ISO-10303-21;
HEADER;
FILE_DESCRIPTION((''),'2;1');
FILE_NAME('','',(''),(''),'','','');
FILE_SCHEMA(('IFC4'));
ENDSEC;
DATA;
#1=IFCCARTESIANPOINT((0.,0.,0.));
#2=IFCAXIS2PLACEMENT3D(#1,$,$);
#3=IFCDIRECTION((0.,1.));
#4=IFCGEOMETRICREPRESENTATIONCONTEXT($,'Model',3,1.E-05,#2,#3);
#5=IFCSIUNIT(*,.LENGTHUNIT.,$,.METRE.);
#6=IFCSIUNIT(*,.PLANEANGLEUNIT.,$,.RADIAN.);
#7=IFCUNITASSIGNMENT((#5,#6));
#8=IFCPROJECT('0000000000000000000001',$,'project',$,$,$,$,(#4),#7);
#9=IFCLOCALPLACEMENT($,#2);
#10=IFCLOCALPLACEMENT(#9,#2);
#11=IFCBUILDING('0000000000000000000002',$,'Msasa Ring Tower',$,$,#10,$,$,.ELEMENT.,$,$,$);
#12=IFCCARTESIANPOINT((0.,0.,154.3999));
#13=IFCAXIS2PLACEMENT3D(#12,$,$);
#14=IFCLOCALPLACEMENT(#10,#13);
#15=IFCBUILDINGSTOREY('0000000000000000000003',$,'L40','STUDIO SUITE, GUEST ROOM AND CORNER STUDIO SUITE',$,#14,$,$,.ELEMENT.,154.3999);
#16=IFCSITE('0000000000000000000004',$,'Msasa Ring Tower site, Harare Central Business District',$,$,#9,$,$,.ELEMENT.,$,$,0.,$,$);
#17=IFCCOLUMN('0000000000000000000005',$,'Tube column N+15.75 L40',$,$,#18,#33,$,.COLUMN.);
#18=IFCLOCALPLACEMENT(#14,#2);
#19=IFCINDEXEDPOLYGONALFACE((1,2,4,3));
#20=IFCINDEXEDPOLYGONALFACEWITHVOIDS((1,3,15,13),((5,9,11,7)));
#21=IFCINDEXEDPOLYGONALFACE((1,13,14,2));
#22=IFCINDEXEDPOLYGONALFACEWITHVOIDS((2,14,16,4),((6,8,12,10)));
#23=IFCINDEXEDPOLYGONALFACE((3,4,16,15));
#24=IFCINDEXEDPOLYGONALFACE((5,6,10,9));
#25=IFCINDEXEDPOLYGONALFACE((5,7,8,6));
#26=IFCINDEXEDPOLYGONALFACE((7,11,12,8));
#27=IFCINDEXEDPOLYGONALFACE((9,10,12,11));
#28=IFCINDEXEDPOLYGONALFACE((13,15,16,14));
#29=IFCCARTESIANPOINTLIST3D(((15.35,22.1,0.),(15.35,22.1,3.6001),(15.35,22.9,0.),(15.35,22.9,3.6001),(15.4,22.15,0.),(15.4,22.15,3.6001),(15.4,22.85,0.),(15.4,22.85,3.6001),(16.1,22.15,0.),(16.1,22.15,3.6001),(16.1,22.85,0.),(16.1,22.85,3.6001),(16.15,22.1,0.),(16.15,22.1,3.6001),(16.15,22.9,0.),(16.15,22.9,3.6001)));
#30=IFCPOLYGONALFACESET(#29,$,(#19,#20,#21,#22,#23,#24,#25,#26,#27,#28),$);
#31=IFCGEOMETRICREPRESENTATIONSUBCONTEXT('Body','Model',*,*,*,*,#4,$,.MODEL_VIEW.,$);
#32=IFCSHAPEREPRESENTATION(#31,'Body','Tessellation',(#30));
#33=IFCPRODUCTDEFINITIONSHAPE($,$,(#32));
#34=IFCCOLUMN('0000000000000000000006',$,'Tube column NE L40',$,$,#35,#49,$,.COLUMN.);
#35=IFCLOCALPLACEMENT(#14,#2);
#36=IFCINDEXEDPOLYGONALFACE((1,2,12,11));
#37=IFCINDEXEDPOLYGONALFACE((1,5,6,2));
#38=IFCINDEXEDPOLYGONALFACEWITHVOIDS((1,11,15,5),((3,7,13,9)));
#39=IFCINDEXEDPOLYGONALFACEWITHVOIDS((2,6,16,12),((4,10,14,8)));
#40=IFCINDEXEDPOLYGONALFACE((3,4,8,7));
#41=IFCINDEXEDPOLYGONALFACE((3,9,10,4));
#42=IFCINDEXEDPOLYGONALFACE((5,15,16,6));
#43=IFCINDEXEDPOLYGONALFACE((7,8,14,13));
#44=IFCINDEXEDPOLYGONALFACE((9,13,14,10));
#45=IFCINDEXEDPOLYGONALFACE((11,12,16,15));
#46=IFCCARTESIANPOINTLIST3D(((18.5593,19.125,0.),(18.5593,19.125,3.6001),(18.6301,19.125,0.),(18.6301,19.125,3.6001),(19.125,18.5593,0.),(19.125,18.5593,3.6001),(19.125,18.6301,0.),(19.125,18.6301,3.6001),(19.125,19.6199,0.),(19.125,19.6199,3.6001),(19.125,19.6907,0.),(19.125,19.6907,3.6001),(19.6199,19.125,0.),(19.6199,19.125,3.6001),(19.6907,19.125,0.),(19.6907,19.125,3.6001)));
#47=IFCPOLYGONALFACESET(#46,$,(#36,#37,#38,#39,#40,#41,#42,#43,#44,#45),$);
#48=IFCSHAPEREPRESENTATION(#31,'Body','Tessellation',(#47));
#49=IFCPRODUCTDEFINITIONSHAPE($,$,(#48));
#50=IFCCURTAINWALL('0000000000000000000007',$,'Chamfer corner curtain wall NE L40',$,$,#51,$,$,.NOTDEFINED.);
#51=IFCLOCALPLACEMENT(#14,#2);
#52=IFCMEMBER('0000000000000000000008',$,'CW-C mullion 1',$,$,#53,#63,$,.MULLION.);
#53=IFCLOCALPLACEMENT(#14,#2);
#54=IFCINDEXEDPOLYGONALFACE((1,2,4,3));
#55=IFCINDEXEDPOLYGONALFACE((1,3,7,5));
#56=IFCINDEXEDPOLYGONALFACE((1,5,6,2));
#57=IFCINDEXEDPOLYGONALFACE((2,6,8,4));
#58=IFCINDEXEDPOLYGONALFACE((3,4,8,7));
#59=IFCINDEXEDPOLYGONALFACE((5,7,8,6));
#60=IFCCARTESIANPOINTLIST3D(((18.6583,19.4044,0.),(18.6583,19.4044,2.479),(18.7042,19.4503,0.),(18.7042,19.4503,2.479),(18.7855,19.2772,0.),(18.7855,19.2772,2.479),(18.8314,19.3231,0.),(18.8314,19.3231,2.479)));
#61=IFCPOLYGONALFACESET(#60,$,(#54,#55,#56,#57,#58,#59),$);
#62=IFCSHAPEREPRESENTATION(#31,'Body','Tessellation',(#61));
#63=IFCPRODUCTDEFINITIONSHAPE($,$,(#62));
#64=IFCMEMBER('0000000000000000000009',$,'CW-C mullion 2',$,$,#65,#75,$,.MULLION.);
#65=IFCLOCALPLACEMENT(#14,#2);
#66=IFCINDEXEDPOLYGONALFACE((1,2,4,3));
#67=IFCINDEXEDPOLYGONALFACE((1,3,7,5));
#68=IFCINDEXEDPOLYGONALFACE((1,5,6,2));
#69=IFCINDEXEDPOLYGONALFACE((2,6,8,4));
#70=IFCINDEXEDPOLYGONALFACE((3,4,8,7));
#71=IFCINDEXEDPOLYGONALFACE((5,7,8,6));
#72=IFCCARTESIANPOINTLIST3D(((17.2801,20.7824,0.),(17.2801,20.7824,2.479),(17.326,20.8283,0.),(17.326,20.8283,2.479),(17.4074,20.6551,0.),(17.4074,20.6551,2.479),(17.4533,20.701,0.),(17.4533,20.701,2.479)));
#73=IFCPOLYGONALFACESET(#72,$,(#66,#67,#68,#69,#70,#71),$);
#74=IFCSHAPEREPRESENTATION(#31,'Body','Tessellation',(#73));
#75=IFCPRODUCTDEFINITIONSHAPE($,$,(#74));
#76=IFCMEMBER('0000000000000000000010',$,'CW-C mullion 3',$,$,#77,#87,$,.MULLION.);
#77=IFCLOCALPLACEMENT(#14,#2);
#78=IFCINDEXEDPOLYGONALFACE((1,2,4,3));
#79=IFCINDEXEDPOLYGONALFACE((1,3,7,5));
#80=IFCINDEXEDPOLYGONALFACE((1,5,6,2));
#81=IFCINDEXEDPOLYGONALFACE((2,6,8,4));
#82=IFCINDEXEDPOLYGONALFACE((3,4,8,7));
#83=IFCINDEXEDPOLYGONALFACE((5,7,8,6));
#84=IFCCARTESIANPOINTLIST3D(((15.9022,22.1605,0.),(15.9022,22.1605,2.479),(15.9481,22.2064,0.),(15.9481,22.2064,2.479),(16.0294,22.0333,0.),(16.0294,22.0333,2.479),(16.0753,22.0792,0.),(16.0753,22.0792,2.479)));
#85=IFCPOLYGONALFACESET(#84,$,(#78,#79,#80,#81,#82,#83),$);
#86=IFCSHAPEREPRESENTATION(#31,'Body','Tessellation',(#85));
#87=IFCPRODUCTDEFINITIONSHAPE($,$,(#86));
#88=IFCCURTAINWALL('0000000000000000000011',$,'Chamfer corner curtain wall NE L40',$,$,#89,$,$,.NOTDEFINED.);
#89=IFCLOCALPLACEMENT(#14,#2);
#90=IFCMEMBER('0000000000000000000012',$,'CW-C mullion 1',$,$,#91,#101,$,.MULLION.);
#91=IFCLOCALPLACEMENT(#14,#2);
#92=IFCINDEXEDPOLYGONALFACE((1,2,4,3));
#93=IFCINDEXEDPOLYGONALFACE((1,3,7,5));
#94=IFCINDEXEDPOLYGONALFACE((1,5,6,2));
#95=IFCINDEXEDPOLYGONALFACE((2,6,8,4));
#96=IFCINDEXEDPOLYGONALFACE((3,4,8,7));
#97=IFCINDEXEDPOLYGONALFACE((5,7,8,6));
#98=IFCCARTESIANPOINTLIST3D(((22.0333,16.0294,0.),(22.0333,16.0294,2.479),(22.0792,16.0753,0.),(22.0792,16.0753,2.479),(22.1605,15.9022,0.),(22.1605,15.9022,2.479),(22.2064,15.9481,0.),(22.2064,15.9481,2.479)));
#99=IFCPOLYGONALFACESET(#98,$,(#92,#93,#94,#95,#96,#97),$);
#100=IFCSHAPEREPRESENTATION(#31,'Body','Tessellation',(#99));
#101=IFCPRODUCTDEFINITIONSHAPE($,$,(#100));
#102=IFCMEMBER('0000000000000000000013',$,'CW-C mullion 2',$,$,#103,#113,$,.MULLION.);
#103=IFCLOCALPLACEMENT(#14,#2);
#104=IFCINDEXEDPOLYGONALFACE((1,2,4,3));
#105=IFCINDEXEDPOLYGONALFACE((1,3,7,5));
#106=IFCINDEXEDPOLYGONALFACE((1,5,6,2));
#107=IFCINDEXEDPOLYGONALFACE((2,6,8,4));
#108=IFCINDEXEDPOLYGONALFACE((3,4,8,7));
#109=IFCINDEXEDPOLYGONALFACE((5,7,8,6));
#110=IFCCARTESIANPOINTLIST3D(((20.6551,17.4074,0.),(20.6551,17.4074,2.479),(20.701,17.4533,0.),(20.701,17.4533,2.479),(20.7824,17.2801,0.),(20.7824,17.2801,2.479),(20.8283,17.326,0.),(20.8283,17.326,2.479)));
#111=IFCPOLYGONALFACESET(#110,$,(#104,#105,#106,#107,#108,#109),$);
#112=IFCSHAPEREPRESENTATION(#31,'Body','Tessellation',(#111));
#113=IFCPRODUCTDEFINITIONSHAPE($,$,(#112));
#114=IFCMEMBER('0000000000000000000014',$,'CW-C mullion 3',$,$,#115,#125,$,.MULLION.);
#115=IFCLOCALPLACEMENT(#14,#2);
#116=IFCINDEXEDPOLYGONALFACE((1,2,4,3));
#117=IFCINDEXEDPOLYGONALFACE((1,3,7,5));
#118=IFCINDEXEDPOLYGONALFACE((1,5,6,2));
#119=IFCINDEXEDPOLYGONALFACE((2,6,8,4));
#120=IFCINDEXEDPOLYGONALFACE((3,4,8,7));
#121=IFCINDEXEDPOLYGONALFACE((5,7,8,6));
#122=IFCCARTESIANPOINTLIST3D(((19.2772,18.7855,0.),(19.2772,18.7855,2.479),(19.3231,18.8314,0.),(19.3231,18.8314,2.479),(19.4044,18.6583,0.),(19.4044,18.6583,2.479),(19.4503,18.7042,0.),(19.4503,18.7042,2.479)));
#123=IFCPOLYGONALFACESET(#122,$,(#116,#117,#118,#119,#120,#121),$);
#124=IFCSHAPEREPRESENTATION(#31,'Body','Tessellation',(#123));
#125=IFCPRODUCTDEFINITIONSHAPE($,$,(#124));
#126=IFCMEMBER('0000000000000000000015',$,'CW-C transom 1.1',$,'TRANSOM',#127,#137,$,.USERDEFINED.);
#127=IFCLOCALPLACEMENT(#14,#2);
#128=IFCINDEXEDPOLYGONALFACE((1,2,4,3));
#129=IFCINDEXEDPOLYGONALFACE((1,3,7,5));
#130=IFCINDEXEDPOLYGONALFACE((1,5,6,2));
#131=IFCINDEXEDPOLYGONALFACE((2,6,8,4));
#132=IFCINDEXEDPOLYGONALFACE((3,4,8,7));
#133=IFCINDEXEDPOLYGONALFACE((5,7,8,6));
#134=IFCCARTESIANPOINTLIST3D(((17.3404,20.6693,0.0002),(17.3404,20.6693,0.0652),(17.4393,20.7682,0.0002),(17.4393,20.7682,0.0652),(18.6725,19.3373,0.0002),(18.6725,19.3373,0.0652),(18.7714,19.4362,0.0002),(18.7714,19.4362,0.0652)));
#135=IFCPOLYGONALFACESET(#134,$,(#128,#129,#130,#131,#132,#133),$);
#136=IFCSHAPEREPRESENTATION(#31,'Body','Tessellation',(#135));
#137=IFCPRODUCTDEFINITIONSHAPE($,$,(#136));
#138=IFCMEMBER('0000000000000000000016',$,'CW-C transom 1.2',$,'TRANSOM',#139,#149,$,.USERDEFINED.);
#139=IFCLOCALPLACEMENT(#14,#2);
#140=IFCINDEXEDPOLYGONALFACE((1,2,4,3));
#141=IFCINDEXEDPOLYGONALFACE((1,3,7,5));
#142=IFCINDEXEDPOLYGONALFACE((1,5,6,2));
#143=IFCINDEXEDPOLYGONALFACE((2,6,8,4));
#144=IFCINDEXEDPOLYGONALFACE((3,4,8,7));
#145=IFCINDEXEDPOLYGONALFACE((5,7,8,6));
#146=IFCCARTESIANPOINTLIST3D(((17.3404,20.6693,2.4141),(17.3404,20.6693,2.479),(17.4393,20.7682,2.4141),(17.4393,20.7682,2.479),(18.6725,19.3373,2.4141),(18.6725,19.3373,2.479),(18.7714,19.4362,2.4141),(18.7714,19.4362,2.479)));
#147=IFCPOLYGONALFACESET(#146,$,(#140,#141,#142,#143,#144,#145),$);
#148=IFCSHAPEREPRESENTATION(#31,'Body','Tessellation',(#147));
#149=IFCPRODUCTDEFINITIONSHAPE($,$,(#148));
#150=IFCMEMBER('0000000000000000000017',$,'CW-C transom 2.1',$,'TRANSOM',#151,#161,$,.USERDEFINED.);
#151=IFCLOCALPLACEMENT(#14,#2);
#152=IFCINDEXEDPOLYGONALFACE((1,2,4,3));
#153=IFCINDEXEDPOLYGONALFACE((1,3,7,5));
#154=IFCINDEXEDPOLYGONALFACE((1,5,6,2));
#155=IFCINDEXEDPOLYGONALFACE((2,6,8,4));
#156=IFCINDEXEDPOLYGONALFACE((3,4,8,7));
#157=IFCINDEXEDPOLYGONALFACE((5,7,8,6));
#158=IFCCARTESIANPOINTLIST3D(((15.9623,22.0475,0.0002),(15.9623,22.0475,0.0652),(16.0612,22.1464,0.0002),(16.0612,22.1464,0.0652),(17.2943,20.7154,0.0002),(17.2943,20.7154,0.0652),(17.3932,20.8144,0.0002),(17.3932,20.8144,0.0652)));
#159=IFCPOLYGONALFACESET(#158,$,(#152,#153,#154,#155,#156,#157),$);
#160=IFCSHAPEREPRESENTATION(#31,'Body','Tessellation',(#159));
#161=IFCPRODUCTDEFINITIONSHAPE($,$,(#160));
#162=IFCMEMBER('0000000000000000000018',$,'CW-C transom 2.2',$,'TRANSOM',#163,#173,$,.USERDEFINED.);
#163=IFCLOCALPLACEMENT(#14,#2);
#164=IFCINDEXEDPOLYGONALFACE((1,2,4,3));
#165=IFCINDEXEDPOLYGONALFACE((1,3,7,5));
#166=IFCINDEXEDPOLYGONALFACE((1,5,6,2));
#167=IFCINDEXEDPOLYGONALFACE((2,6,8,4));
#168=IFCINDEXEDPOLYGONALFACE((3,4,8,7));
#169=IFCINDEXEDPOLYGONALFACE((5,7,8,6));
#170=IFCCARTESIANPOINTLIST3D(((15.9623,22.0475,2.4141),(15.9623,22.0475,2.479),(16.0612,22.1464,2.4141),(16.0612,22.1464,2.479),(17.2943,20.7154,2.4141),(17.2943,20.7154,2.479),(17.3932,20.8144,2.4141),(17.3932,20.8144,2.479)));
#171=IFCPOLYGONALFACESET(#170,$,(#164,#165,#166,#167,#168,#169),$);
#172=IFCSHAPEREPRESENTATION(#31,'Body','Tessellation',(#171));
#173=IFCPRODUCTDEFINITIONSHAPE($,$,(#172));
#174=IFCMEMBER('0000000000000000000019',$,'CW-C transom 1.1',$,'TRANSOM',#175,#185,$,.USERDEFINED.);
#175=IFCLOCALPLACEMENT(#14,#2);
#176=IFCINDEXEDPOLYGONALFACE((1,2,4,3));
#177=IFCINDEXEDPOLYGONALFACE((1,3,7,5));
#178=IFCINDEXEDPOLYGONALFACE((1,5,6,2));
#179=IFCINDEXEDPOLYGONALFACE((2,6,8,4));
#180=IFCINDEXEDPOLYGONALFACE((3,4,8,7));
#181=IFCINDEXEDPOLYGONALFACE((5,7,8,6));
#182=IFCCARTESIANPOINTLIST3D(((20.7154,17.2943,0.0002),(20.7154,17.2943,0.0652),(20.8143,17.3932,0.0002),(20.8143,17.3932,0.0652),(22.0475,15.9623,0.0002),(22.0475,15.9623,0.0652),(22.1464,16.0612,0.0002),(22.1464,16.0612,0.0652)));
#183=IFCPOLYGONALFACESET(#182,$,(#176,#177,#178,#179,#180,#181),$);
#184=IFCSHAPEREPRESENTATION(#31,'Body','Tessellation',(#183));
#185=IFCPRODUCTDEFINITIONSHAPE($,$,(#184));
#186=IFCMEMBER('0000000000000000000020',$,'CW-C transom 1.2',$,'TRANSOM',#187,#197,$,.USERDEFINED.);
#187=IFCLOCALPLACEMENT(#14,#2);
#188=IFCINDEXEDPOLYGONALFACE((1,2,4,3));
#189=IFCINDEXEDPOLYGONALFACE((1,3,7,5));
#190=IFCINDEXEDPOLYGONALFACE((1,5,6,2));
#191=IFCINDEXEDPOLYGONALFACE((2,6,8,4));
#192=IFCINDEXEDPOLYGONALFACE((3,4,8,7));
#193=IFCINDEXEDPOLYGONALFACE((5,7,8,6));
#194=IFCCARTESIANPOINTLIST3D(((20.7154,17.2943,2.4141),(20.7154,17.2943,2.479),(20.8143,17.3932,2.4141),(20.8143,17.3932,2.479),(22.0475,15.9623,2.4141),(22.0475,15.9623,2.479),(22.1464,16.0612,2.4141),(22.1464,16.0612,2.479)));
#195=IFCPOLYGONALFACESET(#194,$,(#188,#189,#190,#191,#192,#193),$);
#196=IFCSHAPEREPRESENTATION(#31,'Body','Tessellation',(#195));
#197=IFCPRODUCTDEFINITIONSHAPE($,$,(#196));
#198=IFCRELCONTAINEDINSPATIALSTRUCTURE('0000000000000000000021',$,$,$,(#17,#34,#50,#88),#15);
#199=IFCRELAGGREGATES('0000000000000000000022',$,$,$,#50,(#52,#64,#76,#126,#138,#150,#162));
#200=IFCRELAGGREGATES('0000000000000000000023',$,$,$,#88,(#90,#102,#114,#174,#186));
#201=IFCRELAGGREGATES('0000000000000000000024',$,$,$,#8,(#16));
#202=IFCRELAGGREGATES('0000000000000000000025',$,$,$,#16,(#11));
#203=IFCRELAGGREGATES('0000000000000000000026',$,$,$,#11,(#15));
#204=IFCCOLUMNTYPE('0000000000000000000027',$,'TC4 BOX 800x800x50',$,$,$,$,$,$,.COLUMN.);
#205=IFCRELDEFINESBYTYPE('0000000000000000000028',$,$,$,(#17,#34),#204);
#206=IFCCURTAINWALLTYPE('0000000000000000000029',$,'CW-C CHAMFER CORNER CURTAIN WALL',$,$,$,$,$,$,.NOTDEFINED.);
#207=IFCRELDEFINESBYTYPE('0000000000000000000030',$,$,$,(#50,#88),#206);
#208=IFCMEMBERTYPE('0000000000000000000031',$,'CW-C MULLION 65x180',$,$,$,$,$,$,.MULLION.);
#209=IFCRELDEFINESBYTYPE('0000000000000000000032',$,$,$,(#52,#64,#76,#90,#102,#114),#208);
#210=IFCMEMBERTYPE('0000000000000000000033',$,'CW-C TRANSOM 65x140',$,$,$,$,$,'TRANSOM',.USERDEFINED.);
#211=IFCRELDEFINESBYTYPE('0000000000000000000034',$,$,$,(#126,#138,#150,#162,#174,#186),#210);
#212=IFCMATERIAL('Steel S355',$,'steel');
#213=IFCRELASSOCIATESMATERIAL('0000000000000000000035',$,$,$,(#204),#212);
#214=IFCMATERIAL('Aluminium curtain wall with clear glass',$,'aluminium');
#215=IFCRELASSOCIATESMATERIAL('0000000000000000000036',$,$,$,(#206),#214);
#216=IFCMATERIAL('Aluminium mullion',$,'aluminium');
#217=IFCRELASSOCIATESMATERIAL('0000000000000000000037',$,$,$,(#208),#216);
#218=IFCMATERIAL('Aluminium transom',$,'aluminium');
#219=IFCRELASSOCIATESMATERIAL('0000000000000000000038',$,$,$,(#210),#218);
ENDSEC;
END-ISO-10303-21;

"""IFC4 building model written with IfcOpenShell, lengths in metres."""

from ifc_helpers import new_model, si_unit, direction, frame, origin, origin_2d, place, context, subcontext, project, spatial, rectangle, hollow_rectangle, extrude, material, material_profile, profile_set, type_object, element, aggregate, save


model = new_model("IFC4")

# Units and contexts
model_context = context("Model", 3, precision=1e-05, world=origin(), true_north=direction((0.0, 1.0)))
body_context = subcontext(model_context, "Body", "Model", "MODEL_VIEW")
ifc_project = project(units=[si_unit("LENGTHUNIT", "METRE"), si_unit("PLANEANGLEUNIT", "RADIAN")], contexts=[model_context])

# Site, building, storey
site_placement = place(None, origin())
site = spatial("IfcSite", under=ifc_project, at=site_placement, Name="Msasa Ring Tower site, Harare Central Business District", CompositionType="ELEMENT", RefElevation=0.0)
building_placement = place(site_placement, origin())
building = spatial("IfcBuilding", under=site, at=building_placement, Name="Msasa Ring Tower", CompositionType="ELEMENT")
storey_placement = place(building_placement, frame((0.0, 0.0, 154.3999)))
storey = spatial("IfcBuildingStorey", under=building, at=storey_placement, Name="L40", Description="STUDIO SUITE, GUEST ROOM AND CORNER STUDIO SUITE", CompositionType="ELEMENT", Elevation=154.3999)

# Columns
ifc_material_1 = material(Name="Steel S355", Category="steel")
ifc_material_profile_1 = material_profile(ifc_material_1, hollow_rectangle(XDim=0.8, YDim=0.8, WallThickness=0.05, at=origin_2d()), Name="BOX 800x800x50")
ifc_profile_set_1 = profile_set([ifc_material_profile_1], Name="Steel S355")
column_type = type_object("IfcColumnType", Name="TC4 BOX 800x800x50", PredefinedType="COLUMN", material=ifc_profile_set_1)
for number, where, z_axis, x_axis, name in (
    (1, (15.75, 22.5, 0.0), (0.0, 0.0, 1.0), (0.0, 1.0, 0.0), "Tube column N+15.75 L40"),
    (2, (19.125, 19.125, 0.0), (0.0, 0.0, 1.0), (0.707107, 0.707107, 0.0), "Tube column NE L40"),
):
    element("IfcColumn", number, at=place(storey_placement, frame(where, z_axis=z_axis, x_axis=x_axis)), inside=storey, type_object=column_type, Name=name, PredefinedType="COLUMN", context=body_context, shape_type="SweptSolid", body=[
        extrude(hollow_rectangle(XDim=0.8, YDim=0.8, WallThickness=0.05, at=origin_2d()), origin(), (0.0, 0.0, 1.0), 3.6001),
    ])

# Curtain walls, members
ifc_material_2 = material(Name="Aluminium curtain wall with clear glass", Category="aluminium")
curtain_wall_type = type_object("IfcCurtainWallType", Name="CW-C CHAMFER CORNER CURTAIN WALL", PredefinedType="NOTDEFINED", material=ifc_material_2)
curtain_wall_1_placement = place(storey_placement, origin())
curtain_wall_1 = element("IfcCurtainWall", 3, at=curtain_wall_1_placement, inside=storey, type_object=curtain_wall_type, Name="Chamfer corner curtain wall NE L40", PredefinedType="NOTDEFINED")
ifc_material_3 = material(Name="Aluminium mullion", Category="aluminium")
ifc_material_profile_2 = material_profile(ifc_material_3, rectangle(XDim=0.0649, YDim=0.1799, at=origin_2d()), Name="AL 65x180")
ifc_profile_set_2 = profile_set([ifc_material_profile_2], Name="Aluminium mullion")
member_type_1 = type_object("IfcMemberType", Name="CW-C MULLION 65x180", PredefinedType="MULLION", material=ifc_profile_set_2)
member_1_placement = place(storey_placement, frame((18.7449, 19.3638, 0.0), z_axis=(0.0, 0.0, 1.0), x_axis=(-0.707107, -0.707107, 0.0)))
member_1 = element("IfcMember", 4, at=member_1_placement, type_object=member_type_1, Name="CW-C mullion 1", PredefinedType="MULLION", context=body_context, shape_type="SweptSolid", body=[
    extrude(rectangle(XDim=0.0649, YDim=0.1799, at=origin_2d()), origin(), (0.0, 0.0, 1.0), 2.479),
])
member_2_placement = place(storey_placement, frame((17.3667, 20.7417, 0.0), z_axis=(0.0, 0.0, 1.0), x_axis=(-0.707107, -0.707107, 0.0)))
member_2 = element("IfcMember", 5, at=member_2_placement, type_object=member_type_1, Name="CW-C mullion 2", PredefinedType="MULLION", context=body_context, shape_type="SweptSolid", body=[
    extrude(rectangle(XDim=0.0649, YDim=0.1799, at=origin_2d()), origin(), (0.0, 0.0, 1.0), 2.479),
])
member_3_placement = place(storey_placement, frame((15.9888, 22.1199, 0.0), z_axis=(0.0, 0.0, 1.0), x_axis=(-0.707107, -0.707107, 0.0)))
member_3 = element("IfcMember", 6, at=member_3_placement, type_object=member_type_1, Name="CW-C mullion 3", PredefinedType="MULLION", context=body_context, shape_type="SweptSolid", body=[
    extrude(rectangle(XDim=0.0649, YDim=0.1799, at=origin_2d()), origin(), (0.0, 0.0, 1.0), 2.479),
])
curtain_wall_2_placement = place(storey_placement, origin())
curtain_wall_2 = element("IfcCurtainWall", 7, at=curtain_wall_2_placement, inside=storey, type_object=curtain_wall_type, Name="Chamfer corner curtain wall NE L40", PredefinedType="NOTDEFINED")
member_4_placement = place(storey_placement, frame((22.1199, 15.9888, 0.0), z_axis=(0.0, 0.0, 1.0), x_axis=(-0.707107, -0.707107, 0.0)))
member_4 = element("IfcMember", 8, at=member_4_placement, type_object=member_type_1, Name="CW-C mullion 1", PredefinedType="MULLION", context=body_context, shape_type="SweptSolid", body=[
    extrude(rectangle(XDim=0.0649, YDim=0.1799, at=origin_2d()), origin(), (0.0, 0.0, 1.0), 2.479),
])
member_5_placement = place(storey_placement, frame((20.7417, 17.3667, 0.0), z_axis=(0.0, 0.0, 1.0), x_axis=(-0.707107, -0.707107, 0.0)))
member_5 = element("IfcMember", 9, at=member_5_placement, type_object=member_type_1, Name="CW-C mullion 2", PredefinedType="MULLION", context=body_context, shape_type="SweptSolid", body=[
    extrude(rectangle(XDim=0.0649, YDim=0.1799, at=origin_2d()), origin(), (0.0, 0.0, 1.0), 2.479),
])
member_6_placement = place(storey_placement, frame((19.3638, 18.7449, 0.0), z_axis=(0.0, 0.0, 1.0), x_axis=(-0.707107, -0.707107, 0.0)))
member_6 = element("IfcMember", 10, at=member_6_placement, type_object=member_type_1, Name="CW-C mullion 3", PredefinedType="MULLION", context=body_context, shape_type="SweptSolid", body=[
    extrude(rectangle(XDim=0.0649, YDim=0.1799, at=origin_2d()), origin(), (0.0, 0.0, 1.0), 2.479),
])

# Members
ifc_material_4 = material(Name="Aluminium transom", Category="aluminium")
ifc_material_profile_3 = material_profile(ifc_material_4, rectangle(XDim=0.1399, YDim=0.0649, at=origin_2d()), Name="AL 65x140")
ifc_profile_set_3 = profile_set([ifc_material_profile_3], Name="Aluminium transom")
member_type_2 = type_object("IfcMemberType", Name="CW-C TRANSOM 65x140", ElementType="TRANSOM", PredefinedType="USERDEFINED", material=ifc_profile_set_3)
member_7_placement = place(storey_placement, frame((18.7219, 19.3867, 0.0327), z_axis=(-0.707107, 0.707107, 0.0), x_axis=(-0.707107, -0.707107, 0.0)))
member_7 = element("IfcMember", 11, at=member_7_placement, type_object=member_type_2, Name="CW-C transom 1.1", ObjectType="TRANSOM", PredefinedType="USERDEFINED", context=body_context, shape_type="SweptSolid", body=[
    extrude(rectangle(XDim=0.1399, YDim=0.0649, at=origin_2d()), origin(), (0.0, 0.0, 1.0), 1.8838),
])
member_8_placement = place(storey_placement, frame((18.7219, 19.3867, 2.4465), z_axis=(-0.707107, 0.707107, 0.0), x_axis=(-0.707107, -0.707107, 0.0)))
member_8 = element("IfcMember", 12, at=member_8_placement, type_object=member_type_2, Name="CW-C transom 1.2", ObjectType="TRANSOM", PredefinedType="USERDEFINED", context=body_context, shape_type="SweptSolid", body=[
    extrude(rectangle(XDim=0.1399, YDim=0.0649, at=origin_2d()), origin(), (0.0, 0.0, 1.0), 1.8838),
])
member_9_placement = place(storey_placement, frame((17.3438, 20.7649, 0.0327), z_axis=(-0.707107, 0.707107, 0.0), x_axis=(-0.707107, -0.707107, 0.0)))
member_9 = element("IfcMember", 13, at=member_9_placement, type_object=member_type_2, Name="CW-C transom 2.1", ObjectType="TRANSOM", PredefinedType="USERDEFINED", context=body_context, shape_type="SweptSolid", body=[
    extrude(rectangle(XDim=0.1399, YDim=0.0649, at=origin_2d()), origin(), (0.0, 0.0, 1.0), 1.8838),
])
member_10_placement = place(storey_placement, frame((17.3438, 20.7649, 2.4465), z_axis=(-0.707107, 0.707107, 0.0), x_axis=(-0.707107, -0.707107, 0.0)))
member_10 = element("IfcMember", 14, at=member_10_placement, type_object=member_type_2, Name="CW-C transom 2.2", ObjectType="TRANSOM", PredefinedType="USERDEFINED", context=body_context, shape_type="SweptSolid", body=[
    extrude(rectangle(XDim=0.1399, YDim=0.0649, at=origin_2d()), origin(), (0.0, 0.0, 1.0), 1.8838),
])
member_11_placement = place(storey_placement, frame((22.0969, 16.0117, 0.0327), z_axis=(-0.707107, 0.707107, 0.0), x_axis=(-0.707107, -0.707107, 0.0)))
member_11 = element("IfcMember", 15, at=member_11_placement, type_object=member_type_2, Name="CW-C transom 1.1", ObjectType="TRANSOM", PredefinedType="USERDEFINED", context=body_context, shape_type="SweptSolid", body=[
    extrude(rectangle(XDim=0.1399, YDim=0.0649, at=origin_2d()), origin(), (0.0, 0.0, 1.0), 1.8838),
])
member_12_placement = place(storey_placement, frame((22.0969, 16.0117, 2.4465), z_axis=(-0.707107, 0.707107, 0.0), x_axis=(-0.707107, -0.707107, 0.0)))
member_12 = element("IfcMember", 16, at=member_12_placement, type_object=member_type_2, Name="CW-C transom 1.2", ObjectType="TRANSOM", PredefinedType="USERDEFINED", context=body_context, shape_type="SweptSolid", body=[
    extrude(rectangle(XDim=0.1399, YDim=0.0649, at=origin_2d()), origin(), (0.0, 0.0, 1.0), 1.8838),
])

aggregate(curtain_wall_1, [member_1, member_2, member_3, member_7, member_8, member_9, member_10])
aggregate(curtain_wall_2, [member_4, member_5, member_6, member_11, member_12])

save(model, "model.ifc")
